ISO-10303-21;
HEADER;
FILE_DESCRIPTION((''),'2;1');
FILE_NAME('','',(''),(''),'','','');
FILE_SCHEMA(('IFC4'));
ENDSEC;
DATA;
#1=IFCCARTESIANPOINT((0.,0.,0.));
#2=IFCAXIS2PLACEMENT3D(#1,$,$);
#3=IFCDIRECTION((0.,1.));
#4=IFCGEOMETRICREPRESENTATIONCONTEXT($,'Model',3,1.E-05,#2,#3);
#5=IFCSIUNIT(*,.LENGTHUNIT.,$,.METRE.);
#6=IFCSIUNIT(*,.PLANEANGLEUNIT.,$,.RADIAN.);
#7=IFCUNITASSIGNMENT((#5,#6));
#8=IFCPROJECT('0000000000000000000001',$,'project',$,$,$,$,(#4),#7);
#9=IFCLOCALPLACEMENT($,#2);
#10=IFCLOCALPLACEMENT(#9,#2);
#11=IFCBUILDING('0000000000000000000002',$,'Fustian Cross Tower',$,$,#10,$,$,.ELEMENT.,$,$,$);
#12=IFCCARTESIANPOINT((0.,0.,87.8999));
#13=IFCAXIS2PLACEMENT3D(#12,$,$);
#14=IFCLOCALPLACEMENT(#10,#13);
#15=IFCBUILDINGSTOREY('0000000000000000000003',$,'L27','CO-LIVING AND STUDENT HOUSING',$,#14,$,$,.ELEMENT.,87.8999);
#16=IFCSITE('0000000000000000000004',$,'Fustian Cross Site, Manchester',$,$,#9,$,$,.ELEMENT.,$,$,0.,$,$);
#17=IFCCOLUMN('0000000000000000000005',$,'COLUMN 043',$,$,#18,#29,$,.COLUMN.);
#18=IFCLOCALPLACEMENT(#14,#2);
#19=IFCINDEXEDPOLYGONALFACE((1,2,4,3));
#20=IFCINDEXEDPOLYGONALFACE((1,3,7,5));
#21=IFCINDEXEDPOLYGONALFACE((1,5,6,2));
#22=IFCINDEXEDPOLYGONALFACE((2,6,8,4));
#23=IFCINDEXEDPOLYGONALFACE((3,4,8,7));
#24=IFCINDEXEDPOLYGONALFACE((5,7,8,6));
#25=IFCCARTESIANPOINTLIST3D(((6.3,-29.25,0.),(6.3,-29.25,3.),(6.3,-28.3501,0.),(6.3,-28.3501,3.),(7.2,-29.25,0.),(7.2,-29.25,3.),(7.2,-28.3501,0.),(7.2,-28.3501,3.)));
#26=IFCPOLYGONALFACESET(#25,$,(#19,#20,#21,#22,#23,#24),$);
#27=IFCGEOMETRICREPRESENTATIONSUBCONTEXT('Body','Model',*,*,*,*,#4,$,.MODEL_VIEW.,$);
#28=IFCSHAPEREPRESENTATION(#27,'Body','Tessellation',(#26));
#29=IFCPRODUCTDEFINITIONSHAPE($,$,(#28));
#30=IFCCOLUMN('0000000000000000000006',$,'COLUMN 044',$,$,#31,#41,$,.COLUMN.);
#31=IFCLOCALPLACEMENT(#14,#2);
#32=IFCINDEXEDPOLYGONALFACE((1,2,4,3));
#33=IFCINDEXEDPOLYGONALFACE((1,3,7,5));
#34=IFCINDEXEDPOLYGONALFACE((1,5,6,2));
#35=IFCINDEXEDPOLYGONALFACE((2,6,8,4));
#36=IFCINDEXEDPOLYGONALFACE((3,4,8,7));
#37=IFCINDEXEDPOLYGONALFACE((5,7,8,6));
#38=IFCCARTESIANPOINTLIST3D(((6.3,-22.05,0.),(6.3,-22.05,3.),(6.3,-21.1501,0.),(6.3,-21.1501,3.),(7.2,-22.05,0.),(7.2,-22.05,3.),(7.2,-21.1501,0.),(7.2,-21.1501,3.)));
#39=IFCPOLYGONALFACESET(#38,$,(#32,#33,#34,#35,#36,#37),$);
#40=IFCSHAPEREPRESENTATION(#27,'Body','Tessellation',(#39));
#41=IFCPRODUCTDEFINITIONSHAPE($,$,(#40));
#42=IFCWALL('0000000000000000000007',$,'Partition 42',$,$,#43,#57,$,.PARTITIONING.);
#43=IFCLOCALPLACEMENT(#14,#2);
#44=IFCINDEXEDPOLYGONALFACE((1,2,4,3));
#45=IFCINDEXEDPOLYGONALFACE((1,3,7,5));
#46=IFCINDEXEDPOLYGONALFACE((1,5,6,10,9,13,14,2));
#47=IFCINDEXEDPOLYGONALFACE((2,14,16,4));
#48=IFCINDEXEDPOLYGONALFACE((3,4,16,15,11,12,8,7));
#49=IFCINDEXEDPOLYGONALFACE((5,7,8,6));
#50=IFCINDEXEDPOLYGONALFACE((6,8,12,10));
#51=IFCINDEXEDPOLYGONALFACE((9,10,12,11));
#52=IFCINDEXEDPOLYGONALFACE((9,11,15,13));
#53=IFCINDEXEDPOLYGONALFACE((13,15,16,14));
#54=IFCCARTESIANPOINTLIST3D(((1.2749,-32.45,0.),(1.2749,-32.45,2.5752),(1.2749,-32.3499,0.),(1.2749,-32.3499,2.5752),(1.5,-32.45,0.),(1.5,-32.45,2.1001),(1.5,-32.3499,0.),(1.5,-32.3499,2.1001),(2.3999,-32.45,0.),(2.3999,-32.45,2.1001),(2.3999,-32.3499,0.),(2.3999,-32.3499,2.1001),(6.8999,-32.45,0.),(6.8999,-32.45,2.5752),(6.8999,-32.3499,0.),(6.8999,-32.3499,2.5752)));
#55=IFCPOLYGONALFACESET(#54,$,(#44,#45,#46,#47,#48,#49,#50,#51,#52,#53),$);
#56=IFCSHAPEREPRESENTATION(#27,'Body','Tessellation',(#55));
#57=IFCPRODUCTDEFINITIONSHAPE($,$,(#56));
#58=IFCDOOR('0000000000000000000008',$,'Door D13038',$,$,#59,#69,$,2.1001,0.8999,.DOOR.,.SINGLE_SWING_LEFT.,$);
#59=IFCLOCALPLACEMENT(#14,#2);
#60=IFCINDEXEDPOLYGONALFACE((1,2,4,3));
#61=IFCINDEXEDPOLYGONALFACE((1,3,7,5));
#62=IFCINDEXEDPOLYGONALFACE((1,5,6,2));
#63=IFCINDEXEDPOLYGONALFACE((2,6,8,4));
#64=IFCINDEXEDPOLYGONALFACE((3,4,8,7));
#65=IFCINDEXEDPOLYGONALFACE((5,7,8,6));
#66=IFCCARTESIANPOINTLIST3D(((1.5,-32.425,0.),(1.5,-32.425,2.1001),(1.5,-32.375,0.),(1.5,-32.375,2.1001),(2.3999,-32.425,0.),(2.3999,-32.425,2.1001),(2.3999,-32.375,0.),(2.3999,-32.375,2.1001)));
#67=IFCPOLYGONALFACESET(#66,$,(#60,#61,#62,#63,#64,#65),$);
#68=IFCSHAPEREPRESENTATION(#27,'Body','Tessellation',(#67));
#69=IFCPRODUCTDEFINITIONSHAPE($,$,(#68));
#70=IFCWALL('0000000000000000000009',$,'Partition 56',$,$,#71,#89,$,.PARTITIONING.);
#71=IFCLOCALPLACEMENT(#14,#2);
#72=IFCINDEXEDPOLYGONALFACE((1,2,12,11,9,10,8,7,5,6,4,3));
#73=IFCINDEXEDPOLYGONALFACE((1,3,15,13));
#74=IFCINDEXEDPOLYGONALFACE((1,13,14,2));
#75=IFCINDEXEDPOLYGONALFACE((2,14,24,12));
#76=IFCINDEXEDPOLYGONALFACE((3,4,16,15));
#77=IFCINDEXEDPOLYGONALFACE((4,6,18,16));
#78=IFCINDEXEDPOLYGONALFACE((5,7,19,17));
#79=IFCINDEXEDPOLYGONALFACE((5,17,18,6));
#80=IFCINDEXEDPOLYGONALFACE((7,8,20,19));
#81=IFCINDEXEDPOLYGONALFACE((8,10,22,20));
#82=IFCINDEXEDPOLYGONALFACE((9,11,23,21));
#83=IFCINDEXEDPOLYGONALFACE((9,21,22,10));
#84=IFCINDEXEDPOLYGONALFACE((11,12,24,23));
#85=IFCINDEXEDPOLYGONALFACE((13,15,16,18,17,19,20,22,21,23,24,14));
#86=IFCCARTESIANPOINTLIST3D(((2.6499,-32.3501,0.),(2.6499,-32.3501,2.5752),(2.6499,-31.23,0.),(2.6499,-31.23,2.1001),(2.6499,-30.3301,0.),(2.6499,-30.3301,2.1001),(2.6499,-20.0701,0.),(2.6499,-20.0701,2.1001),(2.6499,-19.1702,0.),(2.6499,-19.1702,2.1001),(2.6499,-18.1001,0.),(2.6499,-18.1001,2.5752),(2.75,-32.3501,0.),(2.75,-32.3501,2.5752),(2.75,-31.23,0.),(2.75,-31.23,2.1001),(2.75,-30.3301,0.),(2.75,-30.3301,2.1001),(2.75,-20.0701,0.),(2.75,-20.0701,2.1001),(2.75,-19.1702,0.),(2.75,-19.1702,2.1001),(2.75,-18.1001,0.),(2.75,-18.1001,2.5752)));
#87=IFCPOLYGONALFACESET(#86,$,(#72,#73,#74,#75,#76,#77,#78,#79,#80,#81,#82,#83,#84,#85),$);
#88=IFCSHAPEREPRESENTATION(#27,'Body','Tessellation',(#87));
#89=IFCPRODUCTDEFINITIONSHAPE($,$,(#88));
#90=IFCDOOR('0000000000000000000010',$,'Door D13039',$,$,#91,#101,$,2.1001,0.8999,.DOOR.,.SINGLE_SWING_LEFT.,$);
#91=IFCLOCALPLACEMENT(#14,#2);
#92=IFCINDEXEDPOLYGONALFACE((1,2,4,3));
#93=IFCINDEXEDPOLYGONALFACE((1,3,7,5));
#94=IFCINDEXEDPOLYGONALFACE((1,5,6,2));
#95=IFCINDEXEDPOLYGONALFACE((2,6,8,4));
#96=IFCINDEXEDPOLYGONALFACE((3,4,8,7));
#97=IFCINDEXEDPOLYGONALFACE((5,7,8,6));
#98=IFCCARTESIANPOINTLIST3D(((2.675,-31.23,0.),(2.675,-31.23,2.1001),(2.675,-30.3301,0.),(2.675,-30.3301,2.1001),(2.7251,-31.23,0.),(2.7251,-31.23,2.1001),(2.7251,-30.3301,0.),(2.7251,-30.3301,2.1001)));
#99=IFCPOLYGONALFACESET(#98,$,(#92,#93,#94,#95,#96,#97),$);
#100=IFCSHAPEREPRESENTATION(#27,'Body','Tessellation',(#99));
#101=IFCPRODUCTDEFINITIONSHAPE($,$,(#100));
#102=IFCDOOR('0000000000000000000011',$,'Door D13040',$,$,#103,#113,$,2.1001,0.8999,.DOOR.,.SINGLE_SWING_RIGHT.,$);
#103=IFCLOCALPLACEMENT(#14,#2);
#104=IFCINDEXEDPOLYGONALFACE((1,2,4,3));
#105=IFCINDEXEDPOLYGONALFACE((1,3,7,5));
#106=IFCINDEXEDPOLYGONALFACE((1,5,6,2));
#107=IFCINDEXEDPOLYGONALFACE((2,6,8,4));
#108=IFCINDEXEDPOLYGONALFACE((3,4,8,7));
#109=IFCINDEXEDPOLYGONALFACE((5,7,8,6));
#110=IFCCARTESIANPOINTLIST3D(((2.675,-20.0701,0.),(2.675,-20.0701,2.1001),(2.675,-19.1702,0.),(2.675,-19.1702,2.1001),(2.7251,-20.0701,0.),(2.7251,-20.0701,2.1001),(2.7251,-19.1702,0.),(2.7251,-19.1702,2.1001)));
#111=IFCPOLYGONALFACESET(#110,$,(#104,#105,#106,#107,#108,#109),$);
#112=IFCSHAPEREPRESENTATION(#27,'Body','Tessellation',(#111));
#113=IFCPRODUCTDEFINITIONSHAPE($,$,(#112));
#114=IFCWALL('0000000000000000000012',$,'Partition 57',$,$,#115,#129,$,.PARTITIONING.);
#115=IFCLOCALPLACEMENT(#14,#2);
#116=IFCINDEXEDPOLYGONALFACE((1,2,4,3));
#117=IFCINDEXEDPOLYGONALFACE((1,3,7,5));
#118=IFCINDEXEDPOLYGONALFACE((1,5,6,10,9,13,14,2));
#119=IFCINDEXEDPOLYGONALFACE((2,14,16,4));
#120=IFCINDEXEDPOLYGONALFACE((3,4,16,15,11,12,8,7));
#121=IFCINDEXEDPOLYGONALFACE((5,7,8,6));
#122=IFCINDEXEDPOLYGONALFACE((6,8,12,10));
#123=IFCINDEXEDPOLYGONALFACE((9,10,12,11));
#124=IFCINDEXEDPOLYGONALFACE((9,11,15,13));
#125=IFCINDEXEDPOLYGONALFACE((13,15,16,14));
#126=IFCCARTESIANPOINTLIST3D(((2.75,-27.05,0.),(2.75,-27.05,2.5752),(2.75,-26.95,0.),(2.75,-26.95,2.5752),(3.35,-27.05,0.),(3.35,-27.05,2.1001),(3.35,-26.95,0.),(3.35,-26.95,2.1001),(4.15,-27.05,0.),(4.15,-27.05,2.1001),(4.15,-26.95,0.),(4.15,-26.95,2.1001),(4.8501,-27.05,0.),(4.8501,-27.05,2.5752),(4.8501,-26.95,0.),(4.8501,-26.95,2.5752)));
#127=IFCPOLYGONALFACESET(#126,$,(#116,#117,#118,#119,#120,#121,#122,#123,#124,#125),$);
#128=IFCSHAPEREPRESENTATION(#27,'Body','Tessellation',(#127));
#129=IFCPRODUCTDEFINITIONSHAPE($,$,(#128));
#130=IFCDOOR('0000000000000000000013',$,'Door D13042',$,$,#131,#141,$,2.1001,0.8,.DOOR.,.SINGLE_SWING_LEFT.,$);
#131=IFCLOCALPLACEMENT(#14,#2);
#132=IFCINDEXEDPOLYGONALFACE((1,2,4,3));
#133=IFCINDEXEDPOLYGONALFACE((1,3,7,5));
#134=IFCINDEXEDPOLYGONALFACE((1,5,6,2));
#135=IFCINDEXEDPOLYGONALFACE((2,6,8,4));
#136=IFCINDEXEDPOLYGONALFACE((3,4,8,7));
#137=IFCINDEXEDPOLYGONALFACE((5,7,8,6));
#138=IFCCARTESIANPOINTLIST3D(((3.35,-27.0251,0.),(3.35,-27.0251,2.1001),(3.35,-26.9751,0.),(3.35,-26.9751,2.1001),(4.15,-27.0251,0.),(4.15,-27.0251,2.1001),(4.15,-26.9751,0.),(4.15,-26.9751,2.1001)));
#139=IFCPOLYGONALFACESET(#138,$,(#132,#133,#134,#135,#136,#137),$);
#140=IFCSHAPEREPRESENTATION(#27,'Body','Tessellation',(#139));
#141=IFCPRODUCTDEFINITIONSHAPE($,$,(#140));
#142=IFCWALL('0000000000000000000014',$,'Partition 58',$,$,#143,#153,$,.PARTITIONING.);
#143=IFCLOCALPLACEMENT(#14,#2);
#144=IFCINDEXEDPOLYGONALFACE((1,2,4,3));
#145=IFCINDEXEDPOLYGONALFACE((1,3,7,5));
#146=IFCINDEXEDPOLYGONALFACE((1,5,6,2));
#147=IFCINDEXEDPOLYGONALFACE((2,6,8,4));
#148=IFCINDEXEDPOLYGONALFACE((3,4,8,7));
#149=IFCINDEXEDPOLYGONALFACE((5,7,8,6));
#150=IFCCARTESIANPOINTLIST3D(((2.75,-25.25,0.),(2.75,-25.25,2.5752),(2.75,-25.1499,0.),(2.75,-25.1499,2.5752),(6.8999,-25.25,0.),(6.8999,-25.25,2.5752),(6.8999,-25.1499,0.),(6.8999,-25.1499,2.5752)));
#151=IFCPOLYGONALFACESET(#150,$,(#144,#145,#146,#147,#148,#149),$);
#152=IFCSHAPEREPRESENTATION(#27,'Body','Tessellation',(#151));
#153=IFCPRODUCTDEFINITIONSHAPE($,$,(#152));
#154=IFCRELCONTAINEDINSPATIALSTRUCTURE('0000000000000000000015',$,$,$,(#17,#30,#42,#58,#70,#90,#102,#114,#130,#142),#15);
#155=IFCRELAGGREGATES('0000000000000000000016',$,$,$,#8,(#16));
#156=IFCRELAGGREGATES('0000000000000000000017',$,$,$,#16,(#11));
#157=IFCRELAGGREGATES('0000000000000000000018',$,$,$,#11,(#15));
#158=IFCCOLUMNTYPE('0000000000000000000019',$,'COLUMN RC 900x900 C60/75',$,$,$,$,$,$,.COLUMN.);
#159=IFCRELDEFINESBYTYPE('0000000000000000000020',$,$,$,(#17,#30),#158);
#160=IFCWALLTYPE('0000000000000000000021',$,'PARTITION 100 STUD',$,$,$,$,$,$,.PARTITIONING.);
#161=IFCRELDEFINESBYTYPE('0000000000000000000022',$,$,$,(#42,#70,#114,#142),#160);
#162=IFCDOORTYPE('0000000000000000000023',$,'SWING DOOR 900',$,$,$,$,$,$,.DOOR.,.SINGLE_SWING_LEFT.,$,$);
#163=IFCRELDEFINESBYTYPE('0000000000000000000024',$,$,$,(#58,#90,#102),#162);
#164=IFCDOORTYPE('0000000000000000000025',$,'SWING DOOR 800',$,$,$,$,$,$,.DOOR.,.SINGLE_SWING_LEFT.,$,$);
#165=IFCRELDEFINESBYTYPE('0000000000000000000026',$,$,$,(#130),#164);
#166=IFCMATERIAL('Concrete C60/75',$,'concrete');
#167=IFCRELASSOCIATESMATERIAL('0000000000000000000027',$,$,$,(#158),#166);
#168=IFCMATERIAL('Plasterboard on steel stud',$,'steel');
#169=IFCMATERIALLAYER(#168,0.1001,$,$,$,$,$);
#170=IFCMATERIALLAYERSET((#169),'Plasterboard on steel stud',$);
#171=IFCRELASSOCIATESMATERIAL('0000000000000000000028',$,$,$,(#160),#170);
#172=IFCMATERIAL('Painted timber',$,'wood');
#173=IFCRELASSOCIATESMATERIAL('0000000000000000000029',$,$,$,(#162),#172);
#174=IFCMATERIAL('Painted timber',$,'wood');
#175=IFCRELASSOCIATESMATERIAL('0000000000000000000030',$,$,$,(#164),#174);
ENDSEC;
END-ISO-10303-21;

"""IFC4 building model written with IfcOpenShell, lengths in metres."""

from ifc_helpers import new_model, si_unit, direction, frame, frame_2d, origin, origin_2d, place, context, subcontext, project, spatial, rectangle, extrude, material, layer, layer_set, material_profile, profile_set, type_object, element, fill, save


model = new_model("IFC4")

# Units and contexts
model_context = context("Model", 3, precision=1e-05, world=origin(), true_north=direction((0.0, 1.0)))
body_context = subcontext(model_context, "Body", "Model", "MODEL_VIEW")
ifc_project = project(units=[si_unit("LENGTHUNIT", "METRE"), si_unit("PLANEANGLEUNIT", "RADIAN")], contexts=[model_context])

# Site, building, storey
site_placement = place(None, origin())
site = spatial("IfcSite", under=ifc_project, at=site_placement, Name="Fustian Cross Site, Manchester", CompositionType="ELEMENT", RefElevation=0.0)
building_placement = place(site_placement, origin())
building = spatial("IfcBuilding", under=site, at=building_placement, Name="Fustian Cross Tower", CompositionType="ELEMENT")
storey_placement = place(building_placement, frame((0.0, 0.0, 87.8999)))
storey = spatial("IfcBuildingStorey", under=building, at=storey_placement, Name="L27", Description="CO-LIVING AND STUDENT HOUSING", CompositionType="ELEMENT", Elevation=87.8999)

# Columns
ifc_material_1 = material(Name="Concrete C60/75", Category="concrete")
ifc_material_profile = material_profile(ifc_material_1, rectangle(XDim=0.8999, YDim=0.8999, at=origin_2d()), Name="RC 900x900")
ifc_profile_set = profile_set([ifc_material_profile], Name="Concrete C60/75")
column_type = type_object("IfcColumnType", Name="COLUMN RC 900x900 C60/75", PredefinedType="COLUMN", material=ifc_profile_set)
for number, where, z_axis, x_axis, name in (
    (1, (6.75, -28.8, 0.0), (0.0, 0.0, 1.0), (1.0, 0.0, 0.0), "COLUMN 043"),
    (2, (6.75, -21.6001, 0.0), (0.0, 0.0, 1.0), (1.0, 0.0, 0.0), "COLUMN 044"),
):
    element("IfcColumn", number, at=place(storey_placement, frame(where, z_axis=z_axis, x_axis=x_axis)), inside=storey, type_object=column_type, Name=name, PredefinedType="COLUMN", context=body_context, shape_type="SweptSolid", body=[
        extrude(rectangle(XDim=0.8999, YDim=0.8999, at=origin_2d()), origin(), (0.0, 0.0, 1.0), 3.0),
    ])

# Wall, opening, door
ifc_material_2 = material(Name="Plasterboard on steel stud", Category="steel")
ifc_layer = layer(ifc_material_2, 0.1001)
ifc_layer_set = layer_set([ifc_layer], Name="Plasterboard on steel stud")
wall_type = type_object("IfcWallType", Name="PARTITION 100 STUD", PredefinedType="PARTITIONING", material=ifc_layer_set)
wall_1_placement = place(storey_placement, frame((1.2749, -32.3999, 0.0), z_axis=(0.0, 0.0, 1.0), x_axis=(1.0, 0.0, 0.0)))
wall_1 = element("IfcWall", 3, at=wall_1_placement, inside=storey, type_object=wall_type, Name="Partition 42", PredefinedType="PARTITIONING", context=body_context, shape_type="SweptSolid", body=[
    extrude(rectangle(XDim=5.625, YDim=0.1001, at=frame_2d((2.8125, 0.0))), origin(), (0.0, 0.0, 1.0), 2.5752),
])
opening_1_placement = place(wall_1_placement, frame((0.2251, 0.0, 0.0)))
opening_1 = element("IfcOpeningElement", 4, at=opening_1_placement, cuts=wall_1, PredefinedType="OPENING", context=body_context, shape_type="SweptSolid", body=[
    extrude(rectangle(XDim=0.8999, YDim=2.1001, at=frame_2d((0.45, 1.05))), frame((0.0, 0.0601, 0.0), z_axis=(0.0, -1.0, 0.0), x_axis=(1.0, 0.0, 0.0)), (0.0, 0.0, 1.0), 0.1201),
])
ifc_material_3 = material(Name="Painted timber", Category="wood")
door_type_1 = type_object("IfcDoorType", Name="SWING DOOR 900", OperationType="SINGLE_SWING_LEFT", PredefinedType="DOOR", material=ifc_material_3)
door_1_placement = place(opening_1_placement, origin())
door_1 = element("IfcDoor", 5, at=door_1_placement, inside=storey, type_object=door_type_1, Name="Door D13038", OperationType="SINGLE_SWING_LEFT", OverallHeight=2.1001, OverallWidth=0.8999, PredefinedType="DOOR", context=body_context, shape_type="SweptSolid", body=[
    extrude(rectangle(XDim=0.8999, YDim=2.1001, at=frame_2d((0.45, 1.05))), frame((0.0, 0.0249, 0.0), z_axis=(0.0, -1.0, 0.0), x_axis=(1.0, 0.0, 0.0)), (0.0, 0.0, 1.0), 0.05),
])
fill(opening_1, door_1)

# Wall, openings, doors
wall_2_placement = place(storey_placement, frame((2.7, -32.3501, 0.0), z_axis=(0.0, 0.0, 1.0), x_axis=(0.0, 1.0, 0.0)))
wall_2 = element("IfcWall", 6, at=wall_2_placement, inside=storey, type_object=wall_type, Name="Partition 56", PredefinedType="PARTITIONING", context=body_context, shape_type="SweptSolid", body=[
    extrude(rectangle(XDim=14.25, YDim=0.1001, at=frame_2d((7.125, 0.0))), origin(), (0.0, 0.0, 1.0), 2.5752),
])
opening_2_placement = place(wall_2_placement, frame((1.1201, 0.0, 0.0)))
opening_2 = element("IfcOpeningElement", 7, at=opening_2_placement, cuts=wall_2, PredefinedType="OPENING", context=body_context, shape_type="SweptSolid", body=[
    extrude(rectangle(XDim=0.8999, YDim=2.1001, at=frame_2d((0.45, 1.05))), frame((0.0, 0.0601, 0.0), z_axis=(0.0, -1.0, 0.0), x_axis=(1.0, 0.0, 0.0)), (0.0, 0.0, 1.0), 0.1201),
])
opening_3_placement = place(wall_2_placement, frame((12.28, 0.0, 0.0)))
opening_3 = element("IfcOpeningElement", 8, at=opening_3_placement, cuts=wall_2, PredefinedType="OPENING", context=body_context, shape_type="SweptSolid", body=[
    extrude(rectangle(XDim=0.8999, YDim=2.1001, at=frame_2d((0.45, 1.05))), frame((0.0, 0.0601, 0.0), z_axis=(0.0, -1.0, 0.0), x_axis=(1.0, 0.0, 0.0)), (0.0, 0.0, 1.0), 0.1201),
])
door_2_placement = place(opening_2_placement, origin())
door_2 = element("IfcDoor", 9, at=door_2_placement, inside=storey, type_object=door_type_1, Name="Door D13039", OperationType="SINGLE_SWING_LEFT", OverallHeight=2.1001, OverallWidth=0.8999, PredefinedType="DOOR", context=body_context, shape_type="SweptSolid", body=[
    extrude(rectangle(XDim=0.8999, YDim=2.1001, at=frame_2d((0.45, 1.05))), frame((0.0, 0.0249, 0.0), z_axis=(0.0, -1.0, 0.0), x_axis=(1.0, 0.0, 0.0)), (0.0, 0.0, 1.0), 0.05),
])
fill(opening_2, door_2)
door_3_placement = place(opening_3_placement, origin())
door_3 = element("IfcDoor", 10, at=door_3_placement, inside=storey, type_object=door_type_1, Name="Door D13040", OperationType="SINGLE_SWING_RIGHT", OverallHeight=2.1001, OverallWidth=0.8999, PredefinedType="DOOR", context=body_context, shape_type="SweptSolid", body=[
    extrude(rectangle(XDim=0.8999, YDim=2.1001, at=frame_2d((0.45, 1.05))), frame((0.0, 0.0249, 0.0), z_axis=(0.0, -1.0, 0.0), x_axis=(1.0, 0.0, 0.0)), (0.0, 0.0, 1.0), 0.05),
])
fill(opening_3, door_3)

# Wall, opening, door
wall_3_placement = place(storey_placement, frame((2.75, -27.0, 0.0), z_axis=(0.0, 0.0, 1.0), x_axis=(1.0, 0.0, 0.0)))
wall_3 = element("IfcWall", 11, at=wall_3_placement, inside=storey, type_object=wall_type, Name="Partition 57", PredefinedType="PARTITIONING", context=body_context, shape_type="SweptSolid", body=[
    extrude(rectangle(XDim=2.1001, YDim=0.1001, at=frame_2d((1.05, 0.0))), origin(), (0.0, 0.0, 1.0), 2.5752),
])
opening_4_placement = place(wall_3_placement, frame((0.6001, 0.0, 0.0)))
opening_4 = element("IfcOpeningElement", 12, at=opening_4_placement, cuts=wall_3, PredefinedType="OPENING", context=body_context, shape_type="SweptSolid", body=[
    extrude(rectangle(XDim=0.8, YDim=2.1001, at=frame_2d((0.3999, 1.05))), frame((0.0, 0.0601, 0.0), z_axis=(0.0, -1.0, 0.0), x_axis=(1.0, 0.0, 0.0)), (0.0, 0.0, 1.0), 0.1201),
])
ifc_material_4 = material(Name="Painted timber", Category="wood")
door_type_2 = type_object("IfcDoorType", Name="SWING DOOR 800", OperationType="SINGLE_SWING_LEFT", PredefinedType="DOOR", material=ifc_material_4)
door_4_placement = place(opening_4_placement, origin())
door_4 = element("IfcDoor", 13, at=door_4_placement, inside=storey, type_object=door_type_2, Name="Door D13042", OperationType="SINGLE_SWING_LEFT", OverallHeight=2.1001, OverallWidth=0.8, PredefinedType="DOOR", context=body_context, shape_type="SweptSolid", body=[
    extrude(rectangle(XDim=0.8, YDim=2.1001, at=frame_2d((0.3999, 1.05))), frame((0.0, 0.0249, 0.0), z_axis=(0.0, -1.0, 0.0), x_axis=(1.0, 0.0, 0.0)), (0.0, 0.0, 1.0), 0.05),
])
fill(opening_4, door_4)

# Wall
wall_4_placement = place(storey_placement, frame((2.75, -25.2, 0.0), z_axis=(0.0, 0.0, 1.0), x_axis=(1.0, 0.0, 0.0)))
element("IfcWall", 14, at=wall_4_placement, inside=storey, type_object=wall_type, Name="Partition 58", PredefinedType="PARTITIONING", context=body_context, shape_type="SweptSolid", body=[
    extrude(rectangle(XDim=4.1499, YDim=0.1001, at=frame_2d((2.075, 0.0))), origin(), (0.0, 0.0, 1.0), 2.5752),
])

save(model, "model.ifc")
